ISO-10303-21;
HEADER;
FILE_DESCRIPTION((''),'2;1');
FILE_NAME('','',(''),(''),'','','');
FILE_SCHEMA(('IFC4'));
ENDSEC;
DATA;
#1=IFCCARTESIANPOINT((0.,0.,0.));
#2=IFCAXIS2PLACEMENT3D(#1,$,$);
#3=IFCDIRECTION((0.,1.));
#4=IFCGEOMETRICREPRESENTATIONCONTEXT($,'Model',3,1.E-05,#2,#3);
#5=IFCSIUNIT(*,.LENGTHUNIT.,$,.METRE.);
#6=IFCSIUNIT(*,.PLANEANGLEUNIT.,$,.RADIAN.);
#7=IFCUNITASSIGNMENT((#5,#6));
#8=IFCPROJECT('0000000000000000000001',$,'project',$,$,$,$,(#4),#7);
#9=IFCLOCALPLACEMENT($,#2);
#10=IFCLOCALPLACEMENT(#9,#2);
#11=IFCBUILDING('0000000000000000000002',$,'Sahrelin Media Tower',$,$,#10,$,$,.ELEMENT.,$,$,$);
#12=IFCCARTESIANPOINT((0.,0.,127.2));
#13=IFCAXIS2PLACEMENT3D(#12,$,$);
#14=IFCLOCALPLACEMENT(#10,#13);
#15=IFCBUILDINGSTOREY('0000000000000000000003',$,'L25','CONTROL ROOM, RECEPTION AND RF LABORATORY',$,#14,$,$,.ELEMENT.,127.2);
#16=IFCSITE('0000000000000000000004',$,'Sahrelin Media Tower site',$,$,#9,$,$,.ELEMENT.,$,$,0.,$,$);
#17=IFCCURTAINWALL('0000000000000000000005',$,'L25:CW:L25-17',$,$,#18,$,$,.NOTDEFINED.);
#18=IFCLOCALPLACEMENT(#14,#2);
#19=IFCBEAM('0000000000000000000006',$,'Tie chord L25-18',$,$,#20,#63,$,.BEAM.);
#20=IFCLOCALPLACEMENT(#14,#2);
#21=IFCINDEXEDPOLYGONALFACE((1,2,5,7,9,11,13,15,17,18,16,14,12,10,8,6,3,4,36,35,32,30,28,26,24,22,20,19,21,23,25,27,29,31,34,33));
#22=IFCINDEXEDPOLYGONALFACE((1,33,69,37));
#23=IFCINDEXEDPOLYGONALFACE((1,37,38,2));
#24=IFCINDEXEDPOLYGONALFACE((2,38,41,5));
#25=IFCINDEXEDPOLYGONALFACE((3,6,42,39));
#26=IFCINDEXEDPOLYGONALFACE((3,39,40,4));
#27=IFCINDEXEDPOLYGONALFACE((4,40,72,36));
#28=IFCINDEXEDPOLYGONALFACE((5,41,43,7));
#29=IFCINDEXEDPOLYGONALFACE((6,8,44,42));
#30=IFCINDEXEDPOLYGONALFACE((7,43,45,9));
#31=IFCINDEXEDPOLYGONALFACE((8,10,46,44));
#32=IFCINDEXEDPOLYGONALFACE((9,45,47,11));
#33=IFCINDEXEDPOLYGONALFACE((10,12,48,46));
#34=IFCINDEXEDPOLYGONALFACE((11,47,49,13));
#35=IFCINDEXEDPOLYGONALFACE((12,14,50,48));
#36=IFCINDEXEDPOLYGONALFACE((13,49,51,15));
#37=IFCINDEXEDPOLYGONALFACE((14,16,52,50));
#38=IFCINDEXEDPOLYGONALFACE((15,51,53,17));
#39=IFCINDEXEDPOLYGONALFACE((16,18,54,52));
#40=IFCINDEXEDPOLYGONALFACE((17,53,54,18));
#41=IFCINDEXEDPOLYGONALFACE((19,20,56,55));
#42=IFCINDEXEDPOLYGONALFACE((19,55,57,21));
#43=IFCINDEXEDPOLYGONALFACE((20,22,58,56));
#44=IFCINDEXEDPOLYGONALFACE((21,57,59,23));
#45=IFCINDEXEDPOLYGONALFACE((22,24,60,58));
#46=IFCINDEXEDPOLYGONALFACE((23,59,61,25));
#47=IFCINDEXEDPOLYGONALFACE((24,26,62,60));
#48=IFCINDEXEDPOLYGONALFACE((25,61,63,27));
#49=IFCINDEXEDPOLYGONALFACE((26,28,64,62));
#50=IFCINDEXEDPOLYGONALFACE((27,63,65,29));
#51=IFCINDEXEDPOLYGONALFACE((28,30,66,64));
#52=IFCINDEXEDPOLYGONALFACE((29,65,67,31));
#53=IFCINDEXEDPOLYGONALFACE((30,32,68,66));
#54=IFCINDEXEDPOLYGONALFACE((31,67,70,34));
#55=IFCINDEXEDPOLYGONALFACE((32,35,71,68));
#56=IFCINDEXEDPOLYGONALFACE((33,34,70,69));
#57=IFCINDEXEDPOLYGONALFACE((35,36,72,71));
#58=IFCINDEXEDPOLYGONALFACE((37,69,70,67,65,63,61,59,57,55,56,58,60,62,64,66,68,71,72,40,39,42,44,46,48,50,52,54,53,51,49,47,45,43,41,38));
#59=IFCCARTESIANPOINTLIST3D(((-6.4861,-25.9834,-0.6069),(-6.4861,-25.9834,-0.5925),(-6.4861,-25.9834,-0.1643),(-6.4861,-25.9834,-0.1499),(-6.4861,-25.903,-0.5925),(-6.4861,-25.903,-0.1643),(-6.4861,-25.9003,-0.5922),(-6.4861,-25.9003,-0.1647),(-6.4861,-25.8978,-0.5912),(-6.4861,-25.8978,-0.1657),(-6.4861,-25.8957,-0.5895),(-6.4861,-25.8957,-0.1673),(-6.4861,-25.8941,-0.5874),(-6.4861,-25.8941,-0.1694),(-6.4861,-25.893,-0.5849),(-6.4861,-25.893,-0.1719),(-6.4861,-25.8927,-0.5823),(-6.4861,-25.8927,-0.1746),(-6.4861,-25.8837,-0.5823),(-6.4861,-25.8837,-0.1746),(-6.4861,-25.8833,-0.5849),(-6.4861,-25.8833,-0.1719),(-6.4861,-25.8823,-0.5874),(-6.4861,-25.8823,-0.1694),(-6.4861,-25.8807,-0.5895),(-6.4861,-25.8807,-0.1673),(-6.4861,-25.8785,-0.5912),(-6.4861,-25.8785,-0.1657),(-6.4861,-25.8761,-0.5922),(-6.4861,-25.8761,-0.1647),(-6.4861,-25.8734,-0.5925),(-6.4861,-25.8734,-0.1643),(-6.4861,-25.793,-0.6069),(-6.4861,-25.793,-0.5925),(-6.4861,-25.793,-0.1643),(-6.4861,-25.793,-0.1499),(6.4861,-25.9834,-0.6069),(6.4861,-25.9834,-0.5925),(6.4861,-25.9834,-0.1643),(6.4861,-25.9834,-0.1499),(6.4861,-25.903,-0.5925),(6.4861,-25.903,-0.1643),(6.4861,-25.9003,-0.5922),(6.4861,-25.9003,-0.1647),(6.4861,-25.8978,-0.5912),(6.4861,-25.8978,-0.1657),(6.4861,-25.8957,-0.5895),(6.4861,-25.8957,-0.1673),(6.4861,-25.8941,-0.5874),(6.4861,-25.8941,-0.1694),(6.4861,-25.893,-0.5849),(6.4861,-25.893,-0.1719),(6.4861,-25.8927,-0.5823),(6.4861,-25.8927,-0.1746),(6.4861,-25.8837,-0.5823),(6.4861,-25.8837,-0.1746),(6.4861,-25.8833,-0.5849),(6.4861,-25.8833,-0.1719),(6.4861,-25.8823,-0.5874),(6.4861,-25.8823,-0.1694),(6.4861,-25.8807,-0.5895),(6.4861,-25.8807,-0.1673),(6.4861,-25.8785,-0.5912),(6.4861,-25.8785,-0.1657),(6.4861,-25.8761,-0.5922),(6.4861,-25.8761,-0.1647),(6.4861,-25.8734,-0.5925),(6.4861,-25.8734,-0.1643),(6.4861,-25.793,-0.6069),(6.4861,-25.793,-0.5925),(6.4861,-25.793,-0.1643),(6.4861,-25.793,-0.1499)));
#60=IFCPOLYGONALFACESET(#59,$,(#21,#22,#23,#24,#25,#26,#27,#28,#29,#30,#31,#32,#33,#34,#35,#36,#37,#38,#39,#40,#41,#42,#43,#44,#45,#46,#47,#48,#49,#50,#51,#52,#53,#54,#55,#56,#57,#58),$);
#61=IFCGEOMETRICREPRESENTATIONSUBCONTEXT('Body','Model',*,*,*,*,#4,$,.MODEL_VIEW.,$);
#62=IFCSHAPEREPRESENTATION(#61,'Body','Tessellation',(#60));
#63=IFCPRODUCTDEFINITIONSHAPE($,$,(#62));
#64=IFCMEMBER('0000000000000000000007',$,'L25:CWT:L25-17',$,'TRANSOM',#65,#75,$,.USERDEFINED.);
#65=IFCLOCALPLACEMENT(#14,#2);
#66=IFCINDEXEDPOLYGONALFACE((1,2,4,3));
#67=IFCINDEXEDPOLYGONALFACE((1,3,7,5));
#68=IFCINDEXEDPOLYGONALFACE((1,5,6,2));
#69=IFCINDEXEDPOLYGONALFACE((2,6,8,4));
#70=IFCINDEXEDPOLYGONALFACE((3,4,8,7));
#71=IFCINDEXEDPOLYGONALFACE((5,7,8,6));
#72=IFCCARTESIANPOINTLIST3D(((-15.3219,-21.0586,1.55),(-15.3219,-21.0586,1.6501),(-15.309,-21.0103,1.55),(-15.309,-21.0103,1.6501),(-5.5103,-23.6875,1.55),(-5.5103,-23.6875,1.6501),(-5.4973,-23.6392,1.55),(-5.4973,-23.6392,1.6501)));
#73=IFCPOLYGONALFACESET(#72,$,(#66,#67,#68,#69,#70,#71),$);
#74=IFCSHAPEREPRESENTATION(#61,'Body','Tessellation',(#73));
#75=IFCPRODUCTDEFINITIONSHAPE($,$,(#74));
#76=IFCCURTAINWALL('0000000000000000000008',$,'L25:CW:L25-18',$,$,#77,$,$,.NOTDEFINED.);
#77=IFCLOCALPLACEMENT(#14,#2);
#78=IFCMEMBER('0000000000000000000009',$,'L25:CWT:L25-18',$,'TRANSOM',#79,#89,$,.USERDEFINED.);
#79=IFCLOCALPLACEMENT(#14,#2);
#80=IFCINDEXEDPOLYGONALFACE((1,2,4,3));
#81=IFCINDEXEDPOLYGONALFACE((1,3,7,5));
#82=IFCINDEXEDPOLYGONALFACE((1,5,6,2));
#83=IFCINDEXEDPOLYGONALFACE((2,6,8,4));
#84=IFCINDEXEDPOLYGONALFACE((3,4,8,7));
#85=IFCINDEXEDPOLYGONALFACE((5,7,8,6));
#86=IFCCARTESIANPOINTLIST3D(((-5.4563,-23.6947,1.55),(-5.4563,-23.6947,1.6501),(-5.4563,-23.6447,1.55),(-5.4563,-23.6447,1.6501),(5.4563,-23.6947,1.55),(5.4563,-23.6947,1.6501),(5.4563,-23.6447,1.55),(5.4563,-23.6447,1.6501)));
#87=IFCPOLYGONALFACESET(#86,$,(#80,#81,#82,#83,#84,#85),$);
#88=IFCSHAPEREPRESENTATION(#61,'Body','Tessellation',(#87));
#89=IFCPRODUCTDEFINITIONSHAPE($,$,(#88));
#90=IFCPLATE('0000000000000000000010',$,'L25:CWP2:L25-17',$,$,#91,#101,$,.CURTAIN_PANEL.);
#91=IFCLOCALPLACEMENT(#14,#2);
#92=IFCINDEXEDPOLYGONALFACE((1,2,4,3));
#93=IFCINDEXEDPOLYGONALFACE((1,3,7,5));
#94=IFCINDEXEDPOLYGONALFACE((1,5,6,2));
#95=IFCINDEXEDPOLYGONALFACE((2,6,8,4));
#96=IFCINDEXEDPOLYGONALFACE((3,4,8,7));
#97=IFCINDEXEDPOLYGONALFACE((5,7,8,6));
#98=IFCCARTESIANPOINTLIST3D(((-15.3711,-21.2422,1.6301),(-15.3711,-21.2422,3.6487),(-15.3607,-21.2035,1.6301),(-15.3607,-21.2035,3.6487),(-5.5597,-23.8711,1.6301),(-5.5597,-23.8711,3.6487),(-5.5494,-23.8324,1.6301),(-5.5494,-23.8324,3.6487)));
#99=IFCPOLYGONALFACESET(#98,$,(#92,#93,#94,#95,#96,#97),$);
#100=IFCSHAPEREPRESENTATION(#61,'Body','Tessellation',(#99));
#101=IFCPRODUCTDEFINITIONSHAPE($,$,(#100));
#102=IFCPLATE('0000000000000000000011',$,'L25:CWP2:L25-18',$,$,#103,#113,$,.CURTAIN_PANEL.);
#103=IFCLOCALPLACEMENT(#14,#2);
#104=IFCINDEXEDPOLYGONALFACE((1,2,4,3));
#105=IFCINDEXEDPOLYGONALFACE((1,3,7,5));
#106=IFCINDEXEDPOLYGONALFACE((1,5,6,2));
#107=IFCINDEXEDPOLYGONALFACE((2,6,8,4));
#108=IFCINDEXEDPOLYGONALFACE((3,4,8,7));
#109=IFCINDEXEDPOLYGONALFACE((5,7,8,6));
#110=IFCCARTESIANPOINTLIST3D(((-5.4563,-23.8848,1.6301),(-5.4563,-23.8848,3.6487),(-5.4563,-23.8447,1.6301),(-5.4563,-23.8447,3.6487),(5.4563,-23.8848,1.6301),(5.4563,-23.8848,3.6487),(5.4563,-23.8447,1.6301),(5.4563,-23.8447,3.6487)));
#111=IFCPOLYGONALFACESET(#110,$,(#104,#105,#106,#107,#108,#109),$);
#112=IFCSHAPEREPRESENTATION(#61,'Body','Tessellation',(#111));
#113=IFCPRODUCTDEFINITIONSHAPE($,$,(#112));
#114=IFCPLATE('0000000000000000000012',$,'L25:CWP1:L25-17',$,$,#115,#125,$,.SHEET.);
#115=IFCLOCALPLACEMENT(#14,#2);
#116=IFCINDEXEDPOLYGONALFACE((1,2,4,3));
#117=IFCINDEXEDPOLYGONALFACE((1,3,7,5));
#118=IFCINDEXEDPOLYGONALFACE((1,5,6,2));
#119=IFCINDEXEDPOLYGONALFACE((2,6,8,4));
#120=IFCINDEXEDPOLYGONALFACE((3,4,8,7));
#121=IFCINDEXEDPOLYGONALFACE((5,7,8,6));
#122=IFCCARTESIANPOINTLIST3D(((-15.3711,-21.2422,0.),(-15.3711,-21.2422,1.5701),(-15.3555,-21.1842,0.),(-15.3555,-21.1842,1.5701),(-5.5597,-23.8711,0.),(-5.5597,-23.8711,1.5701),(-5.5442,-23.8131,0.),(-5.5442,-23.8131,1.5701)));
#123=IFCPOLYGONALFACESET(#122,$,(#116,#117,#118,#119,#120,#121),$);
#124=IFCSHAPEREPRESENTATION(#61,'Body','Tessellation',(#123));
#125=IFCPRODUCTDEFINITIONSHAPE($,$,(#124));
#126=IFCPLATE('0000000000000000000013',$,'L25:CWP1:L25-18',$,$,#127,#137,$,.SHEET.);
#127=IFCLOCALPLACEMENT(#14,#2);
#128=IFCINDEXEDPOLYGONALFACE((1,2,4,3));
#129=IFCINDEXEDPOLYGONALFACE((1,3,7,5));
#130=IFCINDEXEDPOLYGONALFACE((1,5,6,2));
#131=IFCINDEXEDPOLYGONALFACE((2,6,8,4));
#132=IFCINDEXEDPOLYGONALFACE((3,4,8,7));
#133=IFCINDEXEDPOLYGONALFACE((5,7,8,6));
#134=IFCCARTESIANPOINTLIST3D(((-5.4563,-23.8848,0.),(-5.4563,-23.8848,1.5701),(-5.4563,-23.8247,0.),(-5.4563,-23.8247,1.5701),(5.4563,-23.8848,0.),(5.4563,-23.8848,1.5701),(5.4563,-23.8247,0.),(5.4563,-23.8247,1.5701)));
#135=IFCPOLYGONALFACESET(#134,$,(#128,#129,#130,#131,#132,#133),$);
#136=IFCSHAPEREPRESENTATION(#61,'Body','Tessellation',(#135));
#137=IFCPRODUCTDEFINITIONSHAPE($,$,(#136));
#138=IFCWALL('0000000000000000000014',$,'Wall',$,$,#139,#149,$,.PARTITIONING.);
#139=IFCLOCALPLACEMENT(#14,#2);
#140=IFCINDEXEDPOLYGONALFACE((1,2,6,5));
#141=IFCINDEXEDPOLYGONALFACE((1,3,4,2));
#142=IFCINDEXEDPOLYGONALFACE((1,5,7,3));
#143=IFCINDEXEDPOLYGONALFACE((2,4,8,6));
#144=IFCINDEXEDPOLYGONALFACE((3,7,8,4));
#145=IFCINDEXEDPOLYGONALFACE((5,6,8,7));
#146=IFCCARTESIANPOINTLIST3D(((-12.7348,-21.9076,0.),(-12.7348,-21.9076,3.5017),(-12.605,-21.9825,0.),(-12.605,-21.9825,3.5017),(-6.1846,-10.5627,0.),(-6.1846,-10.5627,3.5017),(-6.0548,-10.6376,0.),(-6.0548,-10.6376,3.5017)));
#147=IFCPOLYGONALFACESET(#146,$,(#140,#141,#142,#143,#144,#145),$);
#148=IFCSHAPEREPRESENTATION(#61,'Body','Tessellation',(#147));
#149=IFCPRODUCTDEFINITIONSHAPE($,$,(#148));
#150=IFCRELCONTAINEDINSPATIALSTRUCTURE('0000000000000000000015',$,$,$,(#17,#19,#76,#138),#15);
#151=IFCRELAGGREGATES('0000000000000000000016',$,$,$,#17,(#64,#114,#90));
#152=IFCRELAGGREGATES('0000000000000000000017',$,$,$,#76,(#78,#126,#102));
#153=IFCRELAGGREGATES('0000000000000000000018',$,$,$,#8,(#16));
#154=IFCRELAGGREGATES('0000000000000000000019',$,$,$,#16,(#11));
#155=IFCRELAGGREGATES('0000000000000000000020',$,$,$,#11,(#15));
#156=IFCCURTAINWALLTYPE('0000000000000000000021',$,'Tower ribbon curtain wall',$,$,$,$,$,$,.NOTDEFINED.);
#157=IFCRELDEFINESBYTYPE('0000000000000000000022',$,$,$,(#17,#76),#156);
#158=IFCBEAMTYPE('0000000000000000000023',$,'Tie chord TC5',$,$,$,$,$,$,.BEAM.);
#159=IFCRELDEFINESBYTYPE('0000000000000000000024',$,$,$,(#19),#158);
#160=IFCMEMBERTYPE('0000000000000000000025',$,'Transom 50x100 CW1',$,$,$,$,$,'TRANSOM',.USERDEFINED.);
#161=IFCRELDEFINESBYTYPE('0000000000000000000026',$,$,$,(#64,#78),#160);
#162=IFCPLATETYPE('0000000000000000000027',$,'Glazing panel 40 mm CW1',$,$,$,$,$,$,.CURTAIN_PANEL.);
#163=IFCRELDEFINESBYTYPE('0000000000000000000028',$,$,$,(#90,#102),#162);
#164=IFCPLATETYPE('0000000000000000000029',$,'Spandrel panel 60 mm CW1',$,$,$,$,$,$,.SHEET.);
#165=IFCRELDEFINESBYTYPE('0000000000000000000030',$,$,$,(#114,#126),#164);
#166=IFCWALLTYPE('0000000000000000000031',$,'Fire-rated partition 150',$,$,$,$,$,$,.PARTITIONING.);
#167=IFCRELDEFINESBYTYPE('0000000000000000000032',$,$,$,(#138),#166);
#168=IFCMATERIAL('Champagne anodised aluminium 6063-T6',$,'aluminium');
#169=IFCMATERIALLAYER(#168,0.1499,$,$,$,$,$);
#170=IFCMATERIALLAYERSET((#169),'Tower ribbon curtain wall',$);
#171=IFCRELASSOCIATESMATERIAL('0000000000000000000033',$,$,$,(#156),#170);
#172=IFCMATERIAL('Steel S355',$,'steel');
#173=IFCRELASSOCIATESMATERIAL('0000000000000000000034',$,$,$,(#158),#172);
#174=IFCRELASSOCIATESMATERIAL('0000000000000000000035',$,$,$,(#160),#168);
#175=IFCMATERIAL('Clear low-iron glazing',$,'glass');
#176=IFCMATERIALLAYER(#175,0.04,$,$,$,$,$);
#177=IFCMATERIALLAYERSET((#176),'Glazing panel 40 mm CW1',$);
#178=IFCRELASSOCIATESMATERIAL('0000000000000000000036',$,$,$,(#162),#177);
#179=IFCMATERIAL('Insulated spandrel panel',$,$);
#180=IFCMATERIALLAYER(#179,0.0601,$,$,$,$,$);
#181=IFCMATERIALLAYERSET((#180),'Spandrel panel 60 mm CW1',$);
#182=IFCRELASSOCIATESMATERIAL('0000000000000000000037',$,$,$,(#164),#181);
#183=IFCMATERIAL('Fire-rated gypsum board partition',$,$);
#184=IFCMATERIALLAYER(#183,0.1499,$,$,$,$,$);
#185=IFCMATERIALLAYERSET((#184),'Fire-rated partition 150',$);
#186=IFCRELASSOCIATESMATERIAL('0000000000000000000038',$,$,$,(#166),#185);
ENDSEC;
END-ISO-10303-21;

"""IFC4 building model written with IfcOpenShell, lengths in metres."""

from ifc_helpers import new_model, si_unit, direction, frame, frame_2d, origin, origin_2d, place, context, subcontext, project, spatial, polyline, rectangle, i_section, outline, extrude, material, layer, layer_set, material_profile, profile_set, type_object, element, aggregate, save


model = new_model("IFC4")

# Units and contexts
model_context = context("Model", 3, precision=1e-05, world=origin(), true_north=direction((0.0, 1.0)))
body_context = subcontext(model_context, "Body", "Model", "MODEL_VIEW")
ifc_project = project(units=[si_unit("LENGTHUNIT", "METRE"), si_unit("PLANEANGLEUNIT", "RADIAN")], contexts=[model_context])

# Site, building, storey
site_placement = place(None, origin())
site = spatial("IfcSite", under=ifc_project, at=site_placement, Name="Sahrelin Media Tower site", CompositionType="ELEMENT", RefElevation=0.0)
building_placement = place(site_placement, origin())
building = spatial("IfcBuilding", under=site, at=building_placement, Name="Sahrelin Media Tower", CompositionType="ELEMENT")
storey_placement = place(building_placement, frame((0.0, 0.0, 127.2)))
storey = spatial("IfcBuildingStorey", under=building, at=storey_placement, Name="L25", Description="CONTROL ROOM, RECEPTION AND RF LABORATORY", CompositionType="ELEMENT", Elevation=127.2)

# Shared definitions
ifc_material_1 = material(Name="Steel S355", Category="steel")

# Curtain wall
ifc_material_2 = material(Name="Champagne anodised aluminium 6063-T6", Category="aluminium")
ifc_layer_1 = layer(ifc_material_2, 0.1499)
ifc_layer_set_1 = layer_set([ifc_layer_1], Name="Tower ribbon curtain wall")
curtain_wall_type = type_object("IfcCurtainWallType", Name="Tower ribbon curtain wall", PredefinedType="NOTDEFINED", material=ifc_layer_set_1)
curtain_wall_1_placement = place(storey_placement, frame((-10.4602, -22.5374, 0.0), z_axis=(0.0, 0.0, 1.0), x_axis=(1.0, 0.0, 0.0)))
curtain_wall_1 = element("IfcCurtainWall", 1, at=curtain_wall_1_placement, inside=storey, type_object=curtain_wall_type, Name="L25:CW:L25-17", PredefinedType="NOTDEFINED")

# Beam
ifc_material_profile_1 = material_profile(ifc_material_1, i_section(OverallWidth=0.1904, OverallDepth=0.457, WebThickness=0.009, FlangeThickness=0.0144, FilletRadius=0.0103, at=origin_2d()), Name="UB 457x191x74")
ifc_profile_set_1 = profile_set([ifc_material_profile_1], Name="Steel S355")
beam_type_1 = type_object("IfcBeamType", Name="Tie chord TC5", PredefinedType="BEAM", material=ifc_profile_set_1)
beam_1_placement = place(storey_placement, frame((-6.4861, -25.8882, -0.3784), z_axis=(1.0, 0.0, 0.0), x_axis=(0.0, 1.0, 0.0)))
element("IfcBeam", 2, at=beam_1_placement, inside=storey, type_object=beam_type_1, Name="Tie chord L25-18", PredefinedType="BEAM", context=body_context, shape_type="SweptSolid", body=[
    extrude(i_section(OverallWidth=0.1904, OverallDepth=0.457, WebThickness=0.009, FlangeThickness=0.0144, FilletRadius=0.0103, at=origin_2d()), origin(), (0.0, 0.0, 1.0), 12.9722),
])

# Member
ifc_material_profile_2 = material_profile(ifc_material_2, rectangle(XDim=0.05, YDim=0.1001, at=origin_2d()), Name="Transom 50x100")
ifc_profile_set_2 = profile_set([ifc_material_profile_2], Name="Champagne anodised aluminium 6063-T6")
member_type_1 = type_object("IfcMemberType", Name="Transom 50x100 CW1", ElementType="TRANSOM", PredefinedType="USERDEFINED", material=ifc_profile_set_2)
member_1_placement = place(storey_placement, frame((-15.3154, -21.0344, 1.6001), z_axis=(0.965928, -0.258811, 0.0), x_axis=(0.258811, 0.965928, 0.0)))
member_1 = element("IfcMember", 3, at=member_1_placement, type_object=member_type_1, Name="L25:CWT:L25-17", ObjectType="TRANSOM", PredefinedType="USERDEFINED", context=body_context, shape_type="SweptSolid", body=[
    extrude(rectangle(XDim=0.05, YDim=0.1001, at=origin_2d()), origin(), (0.0, 0.0, 1.0), 10.1577),
])

# Curtain wall, member
curtain_wall_2_placement = place(storey_placement, frame((0.0, -23.8647, 0.0), z_axis=(0.0, 0.0, 1.0), x_axis=(1.0, 0.0, 0.0)))
curtain_wall_2 = element("IfcCurtainWall", 4, at=curtain_wall_2_placement, inside=storey, type_object=curtain_wall_type, Name="L25:CW:L25-18", PredefinedType="NOTDEFINED")
member_2_placement = place(storey_placement, frame((-5.4563, -23.6697, 1.6001), z_axis=(1.0, 0.0, 0.0), x_axis=(0.0, 1.0, 0.0)))
member_2 = element("IfcMember", 5, at=member_2_placement, type_object=member_type_1, Name="L25:CWT:L25-18", ObjectType="TRANSOM", PredefinedType="USERDEFINED", context=body_context, shape_type="SweptSolid", body=[
    extrude(rectangle(XDim=0.05, YDim=0.1001, at=origin_2d()), origin(), (0.0, 0.0, 1.0), 10.9126),
])

# Plates
ifc_material_3 = material(Name="Clear low-iron glazing", Category="glass")
ifc_layer_2 = layer(ifc_material_3, 0.04)
ifc_layer_set_2 = layer_set([ifc_layer_2], Name="Glazing panel 40 mm CW1")
plate_type_1 = type_object("IfcPlateType", Name="Glazing panel 40 mm CW1", PredefinedType="CURTAIN_PANEL", material=ifc_layer_set_2)
plate_1_placement = place(storey_placement, frame((-15.3711, -21.2422, 1.6301), z_axis=(-0.258817, -0.965926, 0.0), x_axis=(0.965926, -0.258817, 0.0)))
plate_1 = element("IfcPlate", 6, at=plate_1_placement, type_object=plate_type_1, Name="L25:CWP2:L25-17", PredefinedType="CURTAIN_PANEL", context=body_context, shape_type="SweptSolid", body=[
    extrude(outline(polyline([(0.0, 0.0), (10.1575, 0.0), (10.1575, 2.0186), (0.0, 2.0186), (0.0, 0.0)])), origin(), (0.0, 0.0, -1.0), 0.04),
])
plate_2_placement = place(storey_placement, frame((-5.4563, -23.8848, 1.6301), z_axis=(0.0, -1.0, 0.0), x_axis=(1.0, 0.0, 0.0)))
plate_2 = element("IfcPlate", 7, at=plate_2_placement, type_object=plate_type_1, Name="L25:CWP2:L25-18", PredefinedType="CURTAIN_PANEL", context=body_context, shape_type="SweptSolid", body=[
    extrude(outline(polyline([(0.0, 0.0), (10.9126, 0.0), (10.9126, 2.0186), (0.0, 2.0186), (0.0, 0.0)])), origin(), (0.0, 0.0, -1.0), 0.04),
])
ifc_material_4 = material(Name="Insulated spandrel panel")
ifc_layer_3 = layer(ifc_material_4, 0.0601)
ifc_layer_set_3 = layer_set([ifc_layer_3], Name="Spandrel panel 60 mm CW1")
plate_type_2 = type_object("IfcPlateType", Name="Spandrel panel 60 mm CW1", PredefinedType="SHEET", material=ifc_layer_set_3)
plate_3_placement = place(storey_placement, frame((-15.3711, -21.2422, 0.0), z_axis=(-0.258817, -0.965926, 0.0), x_axis=(0.965926, -0.258817, 0.0)))
plate_3 = element("IfcPlate", 8, at=plate_3_placement, type_object=plate_type_2, Name="L25:CWP1:L25-17", PredefinedType="SHEET", context=body_context, shape_type="SweptSolid", body=[
    extrude(outline(polyline([(0.0, 0.0), (10.1575, 0.0), (10.1575, 1.5701), (0.0, 1.5701), (0.0, 0.0)])), origin(), (0.0, 0.0, -1.0), 0.0601),
])
aggregate(curtain_wall_1, [member_1, plate_3, plate_1])
plate_4_placement = place(storey_placement, frame((-5.4563, -23.8848, 0.0), z_axis=(0.0, -1.0, 0.0), x_axis=(1.0, 0.0, 0.0)))
plate_4 = element("IfcPlate", 9, at=plate_4_placement, type_object=plate_type_2, Name="L25:CWP1:L25-18", PredefinedType="SHEET", context=body_context, shape_type="SweptSolid", body=[
    extrude(outline(polyline([(0.0, 0.0), (10.9126, 0.0), (10.9126, 1.5701), (0.0, 1.5701), (0.0, 0.0)])), origin(), (0.0, 0.0, -1.0), 0.0601),
])
aggregate(curtain_wall_2, [member_2, plate_4, plate_2])

# Wall
ifc_material_5 = material(Name="Fire-rated gypsum board partition")
ifc_layer_4 = layer(ifc_material_5, 0.1499)
ifc_layer_set_4 = layer_set([ifc_layer_4], Name="Fire-rated partition 150")
wall_type = type_object("IfcWallType", Name="Fire-rated partition 150", PredefinedType="PARTITIONING", material=ifc_layer_set_4)
wall_placement = place(storey_placement, frame((-12.6699, -21.9451, 0.0), z_axis=(0.0, 0.0, 1.0), x_axis=(0.500016, 0.866016, 0.0)))
element("IfcWall", 10, at=wall_placement, inside=storey, type_object=wall_type, Name="Wall", PredefinedType="PARTITIONING", context=body_context, shape_type="SweptSolid", body=[
    extrude(rectangle(XDim=13.1001, YDim=0.1499, at=frame_2d((6.55, 0.0))), origin(), (0.0, 0.0, 1.0), 3.5017),
])

save(model, "model.ifc")
